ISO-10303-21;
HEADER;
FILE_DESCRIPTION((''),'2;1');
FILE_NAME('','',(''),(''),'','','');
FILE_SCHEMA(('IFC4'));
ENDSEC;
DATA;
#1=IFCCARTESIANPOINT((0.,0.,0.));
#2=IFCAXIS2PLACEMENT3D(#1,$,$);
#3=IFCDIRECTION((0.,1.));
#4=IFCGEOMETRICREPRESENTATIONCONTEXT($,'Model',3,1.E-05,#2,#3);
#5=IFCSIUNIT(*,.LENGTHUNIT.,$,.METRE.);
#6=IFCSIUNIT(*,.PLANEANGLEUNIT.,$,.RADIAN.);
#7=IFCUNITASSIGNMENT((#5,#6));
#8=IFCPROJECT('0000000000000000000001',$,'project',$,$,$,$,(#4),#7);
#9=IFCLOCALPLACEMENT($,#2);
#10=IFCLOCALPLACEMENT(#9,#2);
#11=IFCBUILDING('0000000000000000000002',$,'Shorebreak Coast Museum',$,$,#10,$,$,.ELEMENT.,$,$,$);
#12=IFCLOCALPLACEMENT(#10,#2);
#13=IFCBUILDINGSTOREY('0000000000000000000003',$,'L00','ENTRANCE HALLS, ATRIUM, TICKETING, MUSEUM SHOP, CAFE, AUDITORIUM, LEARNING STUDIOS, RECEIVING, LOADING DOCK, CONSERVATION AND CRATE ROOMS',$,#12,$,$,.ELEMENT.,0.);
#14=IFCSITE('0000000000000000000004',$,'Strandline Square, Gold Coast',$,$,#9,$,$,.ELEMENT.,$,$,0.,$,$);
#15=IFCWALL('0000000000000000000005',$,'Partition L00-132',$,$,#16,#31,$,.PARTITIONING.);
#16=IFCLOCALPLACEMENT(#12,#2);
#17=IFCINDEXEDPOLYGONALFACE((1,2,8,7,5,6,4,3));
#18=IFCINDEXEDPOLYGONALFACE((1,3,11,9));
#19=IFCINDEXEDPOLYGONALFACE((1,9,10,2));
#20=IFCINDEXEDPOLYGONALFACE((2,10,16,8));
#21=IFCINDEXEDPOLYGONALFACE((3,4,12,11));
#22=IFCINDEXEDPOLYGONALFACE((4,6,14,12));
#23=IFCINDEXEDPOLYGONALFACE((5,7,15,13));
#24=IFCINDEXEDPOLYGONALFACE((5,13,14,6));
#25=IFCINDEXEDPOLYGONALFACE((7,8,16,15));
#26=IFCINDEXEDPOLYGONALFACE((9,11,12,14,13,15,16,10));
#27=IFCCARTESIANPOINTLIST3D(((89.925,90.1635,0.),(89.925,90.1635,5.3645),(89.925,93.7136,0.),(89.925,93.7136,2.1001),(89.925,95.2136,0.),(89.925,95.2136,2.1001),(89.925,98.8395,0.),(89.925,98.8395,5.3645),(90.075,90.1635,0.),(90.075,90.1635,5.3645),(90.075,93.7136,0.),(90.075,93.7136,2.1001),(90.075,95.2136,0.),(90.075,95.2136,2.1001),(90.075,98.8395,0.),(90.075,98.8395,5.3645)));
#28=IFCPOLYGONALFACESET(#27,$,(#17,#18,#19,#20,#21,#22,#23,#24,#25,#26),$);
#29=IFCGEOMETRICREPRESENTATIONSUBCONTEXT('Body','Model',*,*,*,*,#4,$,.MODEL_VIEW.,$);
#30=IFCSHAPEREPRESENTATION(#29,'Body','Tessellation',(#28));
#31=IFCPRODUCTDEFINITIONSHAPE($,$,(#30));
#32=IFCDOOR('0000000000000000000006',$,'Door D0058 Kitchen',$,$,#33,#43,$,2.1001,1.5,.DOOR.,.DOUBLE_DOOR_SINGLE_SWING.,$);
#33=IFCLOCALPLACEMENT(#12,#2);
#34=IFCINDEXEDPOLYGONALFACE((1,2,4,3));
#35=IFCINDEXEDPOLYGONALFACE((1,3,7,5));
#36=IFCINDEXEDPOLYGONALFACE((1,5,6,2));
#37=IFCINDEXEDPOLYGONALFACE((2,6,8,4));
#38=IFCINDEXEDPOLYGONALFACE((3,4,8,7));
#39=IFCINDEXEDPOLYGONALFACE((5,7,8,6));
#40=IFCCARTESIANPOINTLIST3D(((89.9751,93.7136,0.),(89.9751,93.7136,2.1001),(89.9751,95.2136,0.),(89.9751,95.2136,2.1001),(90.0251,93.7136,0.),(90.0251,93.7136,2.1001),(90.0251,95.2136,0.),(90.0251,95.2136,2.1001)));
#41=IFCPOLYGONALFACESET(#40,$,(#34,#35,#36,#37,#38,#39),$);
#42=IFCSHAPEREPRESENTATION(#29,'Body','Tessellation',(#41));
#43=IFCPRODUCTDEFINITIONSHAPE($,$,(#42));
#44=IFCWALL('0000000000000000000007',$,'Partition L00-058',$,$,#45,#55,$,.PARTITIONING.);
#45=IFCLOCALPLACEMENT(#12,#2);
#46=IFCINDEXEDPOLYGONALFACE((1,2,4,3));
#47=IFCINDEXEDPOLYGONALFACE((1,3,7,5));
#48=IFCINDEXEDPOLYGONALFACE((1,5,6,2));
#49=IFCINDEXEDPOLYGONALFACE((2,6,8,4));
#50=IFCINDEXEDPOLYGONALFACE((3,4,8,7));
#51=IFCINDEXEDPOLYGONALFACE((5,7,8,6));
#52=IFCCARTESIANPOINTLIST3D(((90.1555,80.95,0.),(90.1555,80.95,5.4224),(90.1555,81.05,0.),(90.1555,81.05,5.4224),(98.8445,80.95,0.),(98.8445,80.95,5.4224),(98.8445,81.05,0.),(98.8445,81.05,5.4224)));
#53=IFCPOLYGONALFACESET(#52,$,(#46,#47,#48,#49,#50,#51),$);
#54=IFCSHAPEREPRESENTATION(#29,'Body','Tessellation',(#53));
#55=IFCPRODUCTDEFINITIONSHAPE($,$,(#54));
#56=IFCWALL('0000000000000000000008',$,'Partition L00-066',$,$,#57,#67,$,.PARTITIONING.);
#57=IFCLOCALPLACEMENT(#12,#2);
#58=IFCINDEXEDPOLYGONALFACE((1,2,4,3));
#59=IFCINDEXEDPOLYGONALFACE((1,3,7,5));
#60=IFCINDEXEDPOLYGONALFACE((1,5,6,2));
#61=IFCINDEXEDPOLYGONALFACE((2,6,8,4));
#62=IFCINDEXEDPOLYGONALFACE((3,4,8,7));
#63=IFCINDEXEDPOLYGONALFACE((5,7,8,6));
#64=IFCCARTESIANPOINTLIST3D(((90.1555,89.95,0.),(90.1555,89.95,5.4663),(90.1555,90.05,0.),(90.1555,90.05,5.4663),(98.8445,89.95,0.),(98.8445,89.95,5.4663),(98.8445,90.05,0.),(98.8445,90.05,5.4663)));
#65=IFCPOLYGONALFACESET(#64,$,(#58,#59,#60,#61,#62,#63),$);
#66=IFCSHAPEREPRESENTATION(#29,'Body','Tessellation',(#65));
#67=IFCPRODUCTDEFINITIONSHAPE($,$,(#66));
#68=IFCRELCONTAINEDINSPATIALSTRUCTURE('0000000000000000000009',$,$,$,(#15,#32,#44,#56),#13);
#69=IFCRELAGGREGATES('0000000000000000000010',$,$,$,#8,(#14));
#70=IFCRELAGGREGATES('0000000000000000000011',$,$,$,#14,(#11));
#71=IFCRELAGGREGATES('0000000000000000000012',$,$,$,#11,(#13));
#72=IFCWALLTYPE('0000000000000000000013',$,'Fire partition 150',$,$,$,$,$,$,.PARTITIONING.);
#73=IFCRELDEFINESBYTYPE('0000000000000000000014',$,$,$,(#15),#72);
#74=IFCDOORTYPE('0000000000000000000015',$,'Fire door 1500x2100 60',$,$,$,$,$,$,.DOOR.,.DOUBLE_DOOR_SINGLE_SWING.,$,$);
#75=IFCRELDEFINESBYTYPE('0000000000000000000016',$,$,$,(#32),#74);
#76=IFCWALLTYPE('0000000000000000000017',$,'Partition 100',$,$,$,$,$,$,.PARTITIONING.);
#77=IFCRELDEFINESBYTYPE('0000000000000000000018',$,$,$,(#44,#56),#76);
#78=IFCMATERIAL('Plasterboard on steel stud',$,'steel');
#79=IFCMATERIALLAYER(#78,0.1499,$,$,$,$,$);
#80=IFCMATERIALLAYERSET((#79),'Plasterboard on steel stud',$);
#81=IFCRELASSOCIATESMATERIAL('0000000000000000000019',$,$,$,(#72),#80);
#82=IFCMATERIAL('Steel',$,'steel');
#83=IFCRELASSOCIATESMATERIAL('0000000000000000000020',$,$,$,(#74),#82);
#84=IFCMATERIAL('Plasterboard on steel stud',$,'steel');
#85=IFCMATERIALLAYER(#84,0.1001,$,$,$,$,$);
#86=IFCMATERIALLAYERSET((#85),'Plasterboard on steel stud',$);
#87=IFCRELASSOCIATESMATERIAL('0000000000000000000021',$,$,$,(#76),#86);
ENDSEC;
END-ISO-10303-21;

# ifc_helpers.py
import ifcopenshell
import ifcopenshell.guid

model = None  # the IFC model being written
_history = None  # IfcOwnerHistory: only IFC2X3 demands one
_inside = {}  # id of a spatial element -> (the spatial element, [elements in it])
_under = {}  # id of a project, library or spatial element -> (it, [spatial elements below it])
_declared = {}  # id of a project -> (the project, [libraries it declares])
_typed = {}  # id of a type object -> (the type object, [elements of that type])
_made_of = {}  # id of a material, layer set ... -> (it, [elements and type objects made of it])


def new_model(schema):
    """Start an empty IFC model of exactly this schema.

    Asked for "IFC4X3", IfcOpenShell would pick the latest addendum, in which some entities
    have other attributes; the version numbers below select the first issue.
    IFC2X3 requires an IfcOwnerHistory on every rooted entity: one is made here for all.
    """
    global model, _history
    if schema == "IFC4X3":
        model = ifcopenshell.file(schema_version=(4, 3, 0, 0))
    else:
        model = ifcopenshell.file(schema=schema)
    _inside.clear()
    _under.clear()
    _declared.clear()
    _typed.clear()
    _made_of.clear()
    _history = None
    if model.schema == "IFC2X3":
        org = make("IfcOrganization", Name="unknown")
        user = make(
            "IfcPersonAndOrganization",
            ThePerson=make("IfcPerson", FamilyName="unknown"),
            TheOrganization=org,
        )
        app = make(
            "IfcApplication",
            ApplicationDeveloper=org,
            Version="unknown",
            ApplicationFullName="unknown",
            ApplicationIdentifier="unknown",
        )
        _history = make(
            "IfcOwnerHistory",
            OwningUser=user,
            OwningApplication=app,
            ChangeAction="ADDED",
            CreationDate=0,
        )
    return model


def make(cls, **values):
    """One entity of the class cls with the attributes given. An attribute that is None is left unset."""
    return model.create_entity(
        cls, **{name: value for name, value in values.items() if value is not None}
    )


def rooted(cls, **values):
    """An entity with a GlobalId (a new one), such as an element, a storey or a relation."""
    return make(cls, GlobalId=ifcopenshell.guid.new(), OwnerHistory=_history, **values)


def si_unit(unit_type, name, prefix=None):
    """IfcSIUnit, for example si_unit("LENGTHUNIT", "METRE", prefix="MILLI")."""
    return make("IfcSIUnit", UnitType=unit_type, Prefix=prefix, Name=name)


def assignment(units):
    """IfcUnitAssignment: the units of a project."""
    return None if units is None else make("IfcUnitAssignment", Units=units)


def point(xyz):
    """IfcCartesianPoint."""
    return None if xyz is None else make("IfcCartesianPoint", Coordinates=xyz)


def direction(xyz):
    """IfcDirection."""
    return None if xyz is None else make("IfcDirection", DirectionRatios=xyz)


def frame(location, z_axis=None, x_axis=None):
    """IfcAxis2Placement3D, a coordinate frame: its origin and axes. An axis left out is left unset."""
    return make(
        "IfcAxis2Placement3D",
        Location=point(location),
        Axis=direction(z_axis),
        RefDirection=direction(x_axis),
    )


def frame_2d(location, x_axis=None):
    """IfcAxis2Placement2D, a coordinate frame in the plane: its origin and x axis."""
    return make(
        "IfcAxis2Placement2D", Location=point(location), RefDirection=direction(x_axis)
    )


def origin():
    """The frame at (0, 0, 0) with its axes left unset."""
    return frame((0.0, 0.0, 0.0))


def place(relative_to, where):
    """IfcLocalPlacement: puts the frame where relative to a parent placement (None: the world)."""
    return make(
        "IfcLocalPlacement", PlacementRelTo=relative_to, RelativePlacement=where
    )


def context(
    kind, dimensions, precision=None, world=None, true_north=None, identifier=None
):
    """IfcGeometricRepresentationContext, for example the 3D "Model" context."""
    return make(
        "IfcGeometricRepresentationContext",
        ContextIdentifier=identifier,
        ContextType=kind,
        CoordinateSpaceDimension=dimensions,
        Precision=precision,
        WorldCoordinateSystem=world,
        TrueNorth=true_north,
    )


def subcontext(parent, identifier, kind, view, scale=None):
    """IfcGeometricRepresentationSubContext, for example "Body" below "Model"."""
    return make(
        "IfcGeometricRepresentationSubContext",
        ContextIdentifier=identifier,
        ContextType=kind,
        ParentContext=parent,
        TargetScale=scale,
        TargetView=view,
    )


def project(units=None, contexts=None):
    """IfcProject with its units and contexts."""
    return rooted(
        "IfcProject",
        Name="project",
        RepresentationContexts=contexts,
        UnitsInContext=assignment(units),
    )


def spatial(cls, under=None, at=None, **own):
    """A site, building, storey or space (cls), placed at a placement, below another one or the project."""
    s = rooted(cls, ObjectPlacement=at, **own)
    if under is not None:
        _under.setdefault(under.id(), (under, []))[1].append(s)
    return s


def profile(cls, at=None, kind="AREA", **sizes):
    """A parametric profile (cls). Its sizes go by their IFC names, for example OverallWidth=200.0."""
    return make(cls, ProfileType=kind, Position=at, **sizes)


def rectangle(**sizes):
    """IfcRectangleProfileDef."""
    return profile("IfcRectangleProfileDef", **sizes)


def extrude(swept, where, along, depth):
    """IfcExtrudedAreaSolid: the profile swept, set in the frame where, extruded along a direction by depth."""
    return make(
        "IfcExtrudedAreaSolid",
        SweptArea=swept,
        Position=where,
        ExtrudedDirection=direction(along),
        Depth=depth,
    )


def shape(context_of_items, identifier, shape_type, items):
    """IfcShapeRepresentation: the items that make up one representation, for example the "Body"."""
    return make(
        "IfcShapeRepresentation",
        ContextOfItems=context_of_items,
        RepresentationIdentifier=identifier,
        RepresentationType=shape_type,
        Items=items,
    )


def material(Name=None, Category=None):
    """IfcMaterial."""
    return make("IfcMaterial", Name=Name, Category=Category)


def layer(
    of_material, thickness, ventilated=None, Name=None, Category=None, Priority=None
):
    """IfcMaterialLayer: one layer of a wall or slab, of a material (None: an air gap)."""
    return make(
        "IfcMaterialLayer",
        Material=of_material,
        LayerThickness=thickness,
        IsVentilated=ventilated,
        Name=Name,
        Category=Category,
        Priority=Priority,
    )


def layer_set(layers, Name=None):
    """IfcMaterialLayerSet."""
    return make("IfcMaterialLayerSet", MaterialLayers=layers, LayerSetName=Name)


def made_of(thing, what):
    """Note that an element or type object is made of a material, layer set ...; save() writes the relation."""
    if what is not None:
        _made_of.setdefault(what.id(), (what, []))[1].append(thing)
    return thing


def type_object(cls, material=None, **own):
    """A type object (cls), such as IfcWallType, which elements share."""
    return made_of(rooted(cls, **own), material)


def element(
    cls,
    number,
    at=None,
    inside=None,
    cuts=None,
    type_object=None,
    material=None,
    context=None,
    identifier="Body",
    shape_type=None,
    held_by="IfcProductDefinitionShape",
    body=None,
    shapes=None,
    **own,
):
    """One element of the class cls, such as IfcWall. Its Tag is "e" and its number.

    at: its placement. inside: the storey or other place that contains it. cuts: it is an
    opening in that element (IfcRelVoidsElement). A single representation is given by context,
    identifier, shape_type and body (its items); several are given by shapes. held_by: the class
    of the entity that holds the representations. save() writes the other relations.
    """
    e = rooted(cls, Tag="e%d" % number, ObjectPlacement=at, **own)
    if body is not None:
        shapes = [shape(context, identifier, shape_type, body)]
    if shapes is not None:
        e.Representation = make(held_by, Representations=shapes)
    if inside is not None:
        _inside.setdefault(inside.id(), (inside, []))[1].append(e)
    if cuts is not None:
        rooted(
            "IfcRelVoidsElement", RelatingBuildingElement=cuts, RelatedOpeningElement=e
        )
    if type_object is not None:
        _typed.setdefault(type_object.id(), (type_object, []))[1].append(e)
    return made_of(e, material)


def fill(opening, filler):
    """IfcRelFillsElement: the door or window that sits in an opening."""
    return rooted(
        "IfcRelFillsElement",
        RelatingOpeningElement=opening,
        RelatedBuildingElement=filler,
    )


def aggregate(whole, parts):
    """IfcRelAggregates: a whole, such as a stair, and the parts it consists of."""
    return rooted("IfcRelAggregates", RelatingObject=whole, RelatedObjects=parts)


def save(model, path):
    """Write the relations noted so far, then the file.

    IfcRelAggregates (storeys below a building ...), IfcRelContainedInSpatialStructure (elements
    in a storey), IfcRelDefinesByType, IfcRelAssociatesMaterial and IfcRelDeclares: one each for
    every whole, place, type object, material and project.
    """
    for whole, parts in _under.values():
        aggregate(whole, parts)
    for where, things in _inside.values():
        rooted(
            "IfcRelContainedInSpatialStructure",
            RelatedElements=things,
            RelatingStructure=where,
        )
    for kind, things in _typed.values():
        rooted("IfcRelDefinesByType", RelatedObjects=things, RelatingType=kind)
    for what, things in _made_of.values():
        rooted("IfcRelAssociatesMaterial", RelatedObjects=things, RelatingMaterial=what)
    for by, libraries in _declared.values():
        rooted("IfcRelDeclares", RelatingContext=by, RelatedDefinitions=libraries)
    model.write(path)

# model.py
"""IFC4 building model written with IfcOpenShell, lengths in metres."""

from ifc_helpers import new_model, si_unit, direction, frame, frame_2d, origin, place, context, subcontext, project, spatial, rectangle, extrude, material, layer, layer_set, type_object, element, fill, save


model = new_model("IFC4")

# Units and contexts
model_context = context("Model", 3, precision=1e-05, world=origin(), true_north=direction((0.0, 1.0)))
body_context = subcontext(model_context, "Body", "Model", "MODEL_VIEW")
ifc_project = project(units=[si_unit("LENGTHUNIT", "METRE"), si_unit("PLANEANGLEUNIT", "RADIAN")], contexts=[model_context])

# Site, building, storey
site_placement = place(None, origin())
site = spatial("IfcSite", under=ifc_project, at=site_placement, Name="Strandline Square, Gold Coast", CompositionType="ELEMENT", RefElevation=0.0)
building_placement = place(site_placement, origin())
building = spatial("IfcBuilding", under=site, at=building_placement, Name="Shorebreak Coast Museum", CompositionType="ELEMENT")
storey_placement = place(building_placement, origin())
storey = spatial("IfcBuildingStorey", under=building, at=storey_placement, Name="L00", Description="ENTRANCE HALLS, ATRIUM, TICKETING, MUSEUM SHOP, CAFE, AUDITORIUM, LEARNING STUDIOS, RECEIVING, LOADING DOCK, CONSERVATION AND CRATE ROOMS", CompositionType="ELEMENT", Elevation=0.0)

# Wall, opening, door
ifc_material_1 = material(Name="Plasterboard on steel stud", Category="steel")
ifc_layer_1 = layer(ifc_material_1, 0.1499)
ifc_layer_set_1 = layer_set([ifc_layer_1], Name="Plasterboard on steel stud")
wall_type_1 = type_object("IfcWallType", Name="Fire partition 150", PredefinedType="PARTITIONING", material=ifc_layer_set_1)
wall_1_placement = place(storey_placement, frame((90.0, 90.1636, 0.0), z_axis=(0.0, 0.0, 1.0), x_axis=(0.0, 1.0, 0.0)))
wall_1 = element("IfcWall", 1, at=wall_1_placement, inside=storey, type_object=wall_type_1, Name="Partition L00-132", PredefinedType="PARTITIONING", context=body_context, shape_type="SweptSolid", body=[
    extrude(rectangle(XDim=8.676, YDim=0.1499, at=frame_2d((4.3379, 0.0))), origin(), (0.0, 0.0, 1.0), 5.3645),
])
opening_placement = place(wall_1_placement, frame((3.55, 0.0, 0.0)))
opening = element("IfcOpeningElement", 2, at=opening_placement, cuts=wall_1, PredefinedType="OPENING", context=body_context, shape_type="SweptSolid", body=[
    extrude(rectangle(XDim=1.5, YDim=2.1001, at=frame_2d((0.75, 1.05))), frame((0.0, 0.085, 0.0), z_axis=(0.0, -1.0, 0.0), x_axis=(1.0, 0.0, 0.0)), (0.0, 0.0, 1.0), 0.1699),
])
ifc_material_2 = material(Name="Steel", Category="steel")
door_type = type_object("IfcDoorType", Name="Fire door 1500x2100 60", OperationType="DOUBLE_DOOR_SINGLE_SWING", PredefinedType="DOOR", material=ifc_material_2)
door_placement = place(opening_placement, origin())
door = element("IfcDoor", 3, at=door_placement, inside=storey, type_object=door_type, Name="Door D0058 Kitchen", OperationType="DOUBLE_DOOR_SINGLE_SWING", OverallHeight=2.1001, OverallWidth=1.5, PredefinedType="DOOR", context=body_context, shape_type="SweptSolid", body=[
    extrude(rectangle(XDim=1.5, YDim=2.1001, at=frame_2d((0.75, 1.05))), frame((0.0, 0.0249, 0.0), z_axis=(0.0, -1.0, 0.0), x_axis=(1.0, 0.0, 0.0)), (0.0, 0.0, 1.0), 0.05),
])
fill(opening, door)

# Walls
ifc_material_3 = material(Name="Plasterboard on steel stud", Category="steel")
ifc_layer_2 = layer(ifc_material_3, 0.1001)
ifc_layer_set_2 = layer_set([ifc_layer_2], Name="Plasterboard on steel stud")
wall_type_2 = type_object("IfcWallType", Name="Partition 100", PredefinedType="PARTITIONING", material=ifc_layer_set_2)
wall_2_placement = place(storey_placement, frame((90.1555, 81.0, 0.0), z_axis=(0.0, 0.0, 1.0), x_axis=(1.0, 0.0, 0.0)))
element("IfcWall", 4, at=wall_2_placement, inside=storey, type_object=wall_type_2, Name="Partition L00-058", PredefinedType="PARTITIONING", context=body_context, shape_type="SweptSolid", body=[
    extrude(rectangle(XDim=8.689, YDim=0.1001, at=frame_2d((4.3445, 0.0))), origin(), (0.0, 0.0, 1.0), 5.4224),
])
wall_3_placement = place(storey_placement, frame((90.1555, 90.0, 0.0), z_axis=(0.0, 0.0, 1.0), x_axis=(1.0, 0.0, 0.0)))
element("IfcWall", 5, at=wall_3_placement, inside=storey, type_object=wall_type_2, Name="Partition L00-066", PredefinedType="PARTITIONING", context=body_context, shape_type="SweptSolid", body=[
    extrude(rectangle(XDim=8.689, YDim=0.1001, at=frame_2d((4.3445, 0.0))), origin(), (0.0, 0.0, 1.0), 5.4663),
])

save(model, "model.ifc")
